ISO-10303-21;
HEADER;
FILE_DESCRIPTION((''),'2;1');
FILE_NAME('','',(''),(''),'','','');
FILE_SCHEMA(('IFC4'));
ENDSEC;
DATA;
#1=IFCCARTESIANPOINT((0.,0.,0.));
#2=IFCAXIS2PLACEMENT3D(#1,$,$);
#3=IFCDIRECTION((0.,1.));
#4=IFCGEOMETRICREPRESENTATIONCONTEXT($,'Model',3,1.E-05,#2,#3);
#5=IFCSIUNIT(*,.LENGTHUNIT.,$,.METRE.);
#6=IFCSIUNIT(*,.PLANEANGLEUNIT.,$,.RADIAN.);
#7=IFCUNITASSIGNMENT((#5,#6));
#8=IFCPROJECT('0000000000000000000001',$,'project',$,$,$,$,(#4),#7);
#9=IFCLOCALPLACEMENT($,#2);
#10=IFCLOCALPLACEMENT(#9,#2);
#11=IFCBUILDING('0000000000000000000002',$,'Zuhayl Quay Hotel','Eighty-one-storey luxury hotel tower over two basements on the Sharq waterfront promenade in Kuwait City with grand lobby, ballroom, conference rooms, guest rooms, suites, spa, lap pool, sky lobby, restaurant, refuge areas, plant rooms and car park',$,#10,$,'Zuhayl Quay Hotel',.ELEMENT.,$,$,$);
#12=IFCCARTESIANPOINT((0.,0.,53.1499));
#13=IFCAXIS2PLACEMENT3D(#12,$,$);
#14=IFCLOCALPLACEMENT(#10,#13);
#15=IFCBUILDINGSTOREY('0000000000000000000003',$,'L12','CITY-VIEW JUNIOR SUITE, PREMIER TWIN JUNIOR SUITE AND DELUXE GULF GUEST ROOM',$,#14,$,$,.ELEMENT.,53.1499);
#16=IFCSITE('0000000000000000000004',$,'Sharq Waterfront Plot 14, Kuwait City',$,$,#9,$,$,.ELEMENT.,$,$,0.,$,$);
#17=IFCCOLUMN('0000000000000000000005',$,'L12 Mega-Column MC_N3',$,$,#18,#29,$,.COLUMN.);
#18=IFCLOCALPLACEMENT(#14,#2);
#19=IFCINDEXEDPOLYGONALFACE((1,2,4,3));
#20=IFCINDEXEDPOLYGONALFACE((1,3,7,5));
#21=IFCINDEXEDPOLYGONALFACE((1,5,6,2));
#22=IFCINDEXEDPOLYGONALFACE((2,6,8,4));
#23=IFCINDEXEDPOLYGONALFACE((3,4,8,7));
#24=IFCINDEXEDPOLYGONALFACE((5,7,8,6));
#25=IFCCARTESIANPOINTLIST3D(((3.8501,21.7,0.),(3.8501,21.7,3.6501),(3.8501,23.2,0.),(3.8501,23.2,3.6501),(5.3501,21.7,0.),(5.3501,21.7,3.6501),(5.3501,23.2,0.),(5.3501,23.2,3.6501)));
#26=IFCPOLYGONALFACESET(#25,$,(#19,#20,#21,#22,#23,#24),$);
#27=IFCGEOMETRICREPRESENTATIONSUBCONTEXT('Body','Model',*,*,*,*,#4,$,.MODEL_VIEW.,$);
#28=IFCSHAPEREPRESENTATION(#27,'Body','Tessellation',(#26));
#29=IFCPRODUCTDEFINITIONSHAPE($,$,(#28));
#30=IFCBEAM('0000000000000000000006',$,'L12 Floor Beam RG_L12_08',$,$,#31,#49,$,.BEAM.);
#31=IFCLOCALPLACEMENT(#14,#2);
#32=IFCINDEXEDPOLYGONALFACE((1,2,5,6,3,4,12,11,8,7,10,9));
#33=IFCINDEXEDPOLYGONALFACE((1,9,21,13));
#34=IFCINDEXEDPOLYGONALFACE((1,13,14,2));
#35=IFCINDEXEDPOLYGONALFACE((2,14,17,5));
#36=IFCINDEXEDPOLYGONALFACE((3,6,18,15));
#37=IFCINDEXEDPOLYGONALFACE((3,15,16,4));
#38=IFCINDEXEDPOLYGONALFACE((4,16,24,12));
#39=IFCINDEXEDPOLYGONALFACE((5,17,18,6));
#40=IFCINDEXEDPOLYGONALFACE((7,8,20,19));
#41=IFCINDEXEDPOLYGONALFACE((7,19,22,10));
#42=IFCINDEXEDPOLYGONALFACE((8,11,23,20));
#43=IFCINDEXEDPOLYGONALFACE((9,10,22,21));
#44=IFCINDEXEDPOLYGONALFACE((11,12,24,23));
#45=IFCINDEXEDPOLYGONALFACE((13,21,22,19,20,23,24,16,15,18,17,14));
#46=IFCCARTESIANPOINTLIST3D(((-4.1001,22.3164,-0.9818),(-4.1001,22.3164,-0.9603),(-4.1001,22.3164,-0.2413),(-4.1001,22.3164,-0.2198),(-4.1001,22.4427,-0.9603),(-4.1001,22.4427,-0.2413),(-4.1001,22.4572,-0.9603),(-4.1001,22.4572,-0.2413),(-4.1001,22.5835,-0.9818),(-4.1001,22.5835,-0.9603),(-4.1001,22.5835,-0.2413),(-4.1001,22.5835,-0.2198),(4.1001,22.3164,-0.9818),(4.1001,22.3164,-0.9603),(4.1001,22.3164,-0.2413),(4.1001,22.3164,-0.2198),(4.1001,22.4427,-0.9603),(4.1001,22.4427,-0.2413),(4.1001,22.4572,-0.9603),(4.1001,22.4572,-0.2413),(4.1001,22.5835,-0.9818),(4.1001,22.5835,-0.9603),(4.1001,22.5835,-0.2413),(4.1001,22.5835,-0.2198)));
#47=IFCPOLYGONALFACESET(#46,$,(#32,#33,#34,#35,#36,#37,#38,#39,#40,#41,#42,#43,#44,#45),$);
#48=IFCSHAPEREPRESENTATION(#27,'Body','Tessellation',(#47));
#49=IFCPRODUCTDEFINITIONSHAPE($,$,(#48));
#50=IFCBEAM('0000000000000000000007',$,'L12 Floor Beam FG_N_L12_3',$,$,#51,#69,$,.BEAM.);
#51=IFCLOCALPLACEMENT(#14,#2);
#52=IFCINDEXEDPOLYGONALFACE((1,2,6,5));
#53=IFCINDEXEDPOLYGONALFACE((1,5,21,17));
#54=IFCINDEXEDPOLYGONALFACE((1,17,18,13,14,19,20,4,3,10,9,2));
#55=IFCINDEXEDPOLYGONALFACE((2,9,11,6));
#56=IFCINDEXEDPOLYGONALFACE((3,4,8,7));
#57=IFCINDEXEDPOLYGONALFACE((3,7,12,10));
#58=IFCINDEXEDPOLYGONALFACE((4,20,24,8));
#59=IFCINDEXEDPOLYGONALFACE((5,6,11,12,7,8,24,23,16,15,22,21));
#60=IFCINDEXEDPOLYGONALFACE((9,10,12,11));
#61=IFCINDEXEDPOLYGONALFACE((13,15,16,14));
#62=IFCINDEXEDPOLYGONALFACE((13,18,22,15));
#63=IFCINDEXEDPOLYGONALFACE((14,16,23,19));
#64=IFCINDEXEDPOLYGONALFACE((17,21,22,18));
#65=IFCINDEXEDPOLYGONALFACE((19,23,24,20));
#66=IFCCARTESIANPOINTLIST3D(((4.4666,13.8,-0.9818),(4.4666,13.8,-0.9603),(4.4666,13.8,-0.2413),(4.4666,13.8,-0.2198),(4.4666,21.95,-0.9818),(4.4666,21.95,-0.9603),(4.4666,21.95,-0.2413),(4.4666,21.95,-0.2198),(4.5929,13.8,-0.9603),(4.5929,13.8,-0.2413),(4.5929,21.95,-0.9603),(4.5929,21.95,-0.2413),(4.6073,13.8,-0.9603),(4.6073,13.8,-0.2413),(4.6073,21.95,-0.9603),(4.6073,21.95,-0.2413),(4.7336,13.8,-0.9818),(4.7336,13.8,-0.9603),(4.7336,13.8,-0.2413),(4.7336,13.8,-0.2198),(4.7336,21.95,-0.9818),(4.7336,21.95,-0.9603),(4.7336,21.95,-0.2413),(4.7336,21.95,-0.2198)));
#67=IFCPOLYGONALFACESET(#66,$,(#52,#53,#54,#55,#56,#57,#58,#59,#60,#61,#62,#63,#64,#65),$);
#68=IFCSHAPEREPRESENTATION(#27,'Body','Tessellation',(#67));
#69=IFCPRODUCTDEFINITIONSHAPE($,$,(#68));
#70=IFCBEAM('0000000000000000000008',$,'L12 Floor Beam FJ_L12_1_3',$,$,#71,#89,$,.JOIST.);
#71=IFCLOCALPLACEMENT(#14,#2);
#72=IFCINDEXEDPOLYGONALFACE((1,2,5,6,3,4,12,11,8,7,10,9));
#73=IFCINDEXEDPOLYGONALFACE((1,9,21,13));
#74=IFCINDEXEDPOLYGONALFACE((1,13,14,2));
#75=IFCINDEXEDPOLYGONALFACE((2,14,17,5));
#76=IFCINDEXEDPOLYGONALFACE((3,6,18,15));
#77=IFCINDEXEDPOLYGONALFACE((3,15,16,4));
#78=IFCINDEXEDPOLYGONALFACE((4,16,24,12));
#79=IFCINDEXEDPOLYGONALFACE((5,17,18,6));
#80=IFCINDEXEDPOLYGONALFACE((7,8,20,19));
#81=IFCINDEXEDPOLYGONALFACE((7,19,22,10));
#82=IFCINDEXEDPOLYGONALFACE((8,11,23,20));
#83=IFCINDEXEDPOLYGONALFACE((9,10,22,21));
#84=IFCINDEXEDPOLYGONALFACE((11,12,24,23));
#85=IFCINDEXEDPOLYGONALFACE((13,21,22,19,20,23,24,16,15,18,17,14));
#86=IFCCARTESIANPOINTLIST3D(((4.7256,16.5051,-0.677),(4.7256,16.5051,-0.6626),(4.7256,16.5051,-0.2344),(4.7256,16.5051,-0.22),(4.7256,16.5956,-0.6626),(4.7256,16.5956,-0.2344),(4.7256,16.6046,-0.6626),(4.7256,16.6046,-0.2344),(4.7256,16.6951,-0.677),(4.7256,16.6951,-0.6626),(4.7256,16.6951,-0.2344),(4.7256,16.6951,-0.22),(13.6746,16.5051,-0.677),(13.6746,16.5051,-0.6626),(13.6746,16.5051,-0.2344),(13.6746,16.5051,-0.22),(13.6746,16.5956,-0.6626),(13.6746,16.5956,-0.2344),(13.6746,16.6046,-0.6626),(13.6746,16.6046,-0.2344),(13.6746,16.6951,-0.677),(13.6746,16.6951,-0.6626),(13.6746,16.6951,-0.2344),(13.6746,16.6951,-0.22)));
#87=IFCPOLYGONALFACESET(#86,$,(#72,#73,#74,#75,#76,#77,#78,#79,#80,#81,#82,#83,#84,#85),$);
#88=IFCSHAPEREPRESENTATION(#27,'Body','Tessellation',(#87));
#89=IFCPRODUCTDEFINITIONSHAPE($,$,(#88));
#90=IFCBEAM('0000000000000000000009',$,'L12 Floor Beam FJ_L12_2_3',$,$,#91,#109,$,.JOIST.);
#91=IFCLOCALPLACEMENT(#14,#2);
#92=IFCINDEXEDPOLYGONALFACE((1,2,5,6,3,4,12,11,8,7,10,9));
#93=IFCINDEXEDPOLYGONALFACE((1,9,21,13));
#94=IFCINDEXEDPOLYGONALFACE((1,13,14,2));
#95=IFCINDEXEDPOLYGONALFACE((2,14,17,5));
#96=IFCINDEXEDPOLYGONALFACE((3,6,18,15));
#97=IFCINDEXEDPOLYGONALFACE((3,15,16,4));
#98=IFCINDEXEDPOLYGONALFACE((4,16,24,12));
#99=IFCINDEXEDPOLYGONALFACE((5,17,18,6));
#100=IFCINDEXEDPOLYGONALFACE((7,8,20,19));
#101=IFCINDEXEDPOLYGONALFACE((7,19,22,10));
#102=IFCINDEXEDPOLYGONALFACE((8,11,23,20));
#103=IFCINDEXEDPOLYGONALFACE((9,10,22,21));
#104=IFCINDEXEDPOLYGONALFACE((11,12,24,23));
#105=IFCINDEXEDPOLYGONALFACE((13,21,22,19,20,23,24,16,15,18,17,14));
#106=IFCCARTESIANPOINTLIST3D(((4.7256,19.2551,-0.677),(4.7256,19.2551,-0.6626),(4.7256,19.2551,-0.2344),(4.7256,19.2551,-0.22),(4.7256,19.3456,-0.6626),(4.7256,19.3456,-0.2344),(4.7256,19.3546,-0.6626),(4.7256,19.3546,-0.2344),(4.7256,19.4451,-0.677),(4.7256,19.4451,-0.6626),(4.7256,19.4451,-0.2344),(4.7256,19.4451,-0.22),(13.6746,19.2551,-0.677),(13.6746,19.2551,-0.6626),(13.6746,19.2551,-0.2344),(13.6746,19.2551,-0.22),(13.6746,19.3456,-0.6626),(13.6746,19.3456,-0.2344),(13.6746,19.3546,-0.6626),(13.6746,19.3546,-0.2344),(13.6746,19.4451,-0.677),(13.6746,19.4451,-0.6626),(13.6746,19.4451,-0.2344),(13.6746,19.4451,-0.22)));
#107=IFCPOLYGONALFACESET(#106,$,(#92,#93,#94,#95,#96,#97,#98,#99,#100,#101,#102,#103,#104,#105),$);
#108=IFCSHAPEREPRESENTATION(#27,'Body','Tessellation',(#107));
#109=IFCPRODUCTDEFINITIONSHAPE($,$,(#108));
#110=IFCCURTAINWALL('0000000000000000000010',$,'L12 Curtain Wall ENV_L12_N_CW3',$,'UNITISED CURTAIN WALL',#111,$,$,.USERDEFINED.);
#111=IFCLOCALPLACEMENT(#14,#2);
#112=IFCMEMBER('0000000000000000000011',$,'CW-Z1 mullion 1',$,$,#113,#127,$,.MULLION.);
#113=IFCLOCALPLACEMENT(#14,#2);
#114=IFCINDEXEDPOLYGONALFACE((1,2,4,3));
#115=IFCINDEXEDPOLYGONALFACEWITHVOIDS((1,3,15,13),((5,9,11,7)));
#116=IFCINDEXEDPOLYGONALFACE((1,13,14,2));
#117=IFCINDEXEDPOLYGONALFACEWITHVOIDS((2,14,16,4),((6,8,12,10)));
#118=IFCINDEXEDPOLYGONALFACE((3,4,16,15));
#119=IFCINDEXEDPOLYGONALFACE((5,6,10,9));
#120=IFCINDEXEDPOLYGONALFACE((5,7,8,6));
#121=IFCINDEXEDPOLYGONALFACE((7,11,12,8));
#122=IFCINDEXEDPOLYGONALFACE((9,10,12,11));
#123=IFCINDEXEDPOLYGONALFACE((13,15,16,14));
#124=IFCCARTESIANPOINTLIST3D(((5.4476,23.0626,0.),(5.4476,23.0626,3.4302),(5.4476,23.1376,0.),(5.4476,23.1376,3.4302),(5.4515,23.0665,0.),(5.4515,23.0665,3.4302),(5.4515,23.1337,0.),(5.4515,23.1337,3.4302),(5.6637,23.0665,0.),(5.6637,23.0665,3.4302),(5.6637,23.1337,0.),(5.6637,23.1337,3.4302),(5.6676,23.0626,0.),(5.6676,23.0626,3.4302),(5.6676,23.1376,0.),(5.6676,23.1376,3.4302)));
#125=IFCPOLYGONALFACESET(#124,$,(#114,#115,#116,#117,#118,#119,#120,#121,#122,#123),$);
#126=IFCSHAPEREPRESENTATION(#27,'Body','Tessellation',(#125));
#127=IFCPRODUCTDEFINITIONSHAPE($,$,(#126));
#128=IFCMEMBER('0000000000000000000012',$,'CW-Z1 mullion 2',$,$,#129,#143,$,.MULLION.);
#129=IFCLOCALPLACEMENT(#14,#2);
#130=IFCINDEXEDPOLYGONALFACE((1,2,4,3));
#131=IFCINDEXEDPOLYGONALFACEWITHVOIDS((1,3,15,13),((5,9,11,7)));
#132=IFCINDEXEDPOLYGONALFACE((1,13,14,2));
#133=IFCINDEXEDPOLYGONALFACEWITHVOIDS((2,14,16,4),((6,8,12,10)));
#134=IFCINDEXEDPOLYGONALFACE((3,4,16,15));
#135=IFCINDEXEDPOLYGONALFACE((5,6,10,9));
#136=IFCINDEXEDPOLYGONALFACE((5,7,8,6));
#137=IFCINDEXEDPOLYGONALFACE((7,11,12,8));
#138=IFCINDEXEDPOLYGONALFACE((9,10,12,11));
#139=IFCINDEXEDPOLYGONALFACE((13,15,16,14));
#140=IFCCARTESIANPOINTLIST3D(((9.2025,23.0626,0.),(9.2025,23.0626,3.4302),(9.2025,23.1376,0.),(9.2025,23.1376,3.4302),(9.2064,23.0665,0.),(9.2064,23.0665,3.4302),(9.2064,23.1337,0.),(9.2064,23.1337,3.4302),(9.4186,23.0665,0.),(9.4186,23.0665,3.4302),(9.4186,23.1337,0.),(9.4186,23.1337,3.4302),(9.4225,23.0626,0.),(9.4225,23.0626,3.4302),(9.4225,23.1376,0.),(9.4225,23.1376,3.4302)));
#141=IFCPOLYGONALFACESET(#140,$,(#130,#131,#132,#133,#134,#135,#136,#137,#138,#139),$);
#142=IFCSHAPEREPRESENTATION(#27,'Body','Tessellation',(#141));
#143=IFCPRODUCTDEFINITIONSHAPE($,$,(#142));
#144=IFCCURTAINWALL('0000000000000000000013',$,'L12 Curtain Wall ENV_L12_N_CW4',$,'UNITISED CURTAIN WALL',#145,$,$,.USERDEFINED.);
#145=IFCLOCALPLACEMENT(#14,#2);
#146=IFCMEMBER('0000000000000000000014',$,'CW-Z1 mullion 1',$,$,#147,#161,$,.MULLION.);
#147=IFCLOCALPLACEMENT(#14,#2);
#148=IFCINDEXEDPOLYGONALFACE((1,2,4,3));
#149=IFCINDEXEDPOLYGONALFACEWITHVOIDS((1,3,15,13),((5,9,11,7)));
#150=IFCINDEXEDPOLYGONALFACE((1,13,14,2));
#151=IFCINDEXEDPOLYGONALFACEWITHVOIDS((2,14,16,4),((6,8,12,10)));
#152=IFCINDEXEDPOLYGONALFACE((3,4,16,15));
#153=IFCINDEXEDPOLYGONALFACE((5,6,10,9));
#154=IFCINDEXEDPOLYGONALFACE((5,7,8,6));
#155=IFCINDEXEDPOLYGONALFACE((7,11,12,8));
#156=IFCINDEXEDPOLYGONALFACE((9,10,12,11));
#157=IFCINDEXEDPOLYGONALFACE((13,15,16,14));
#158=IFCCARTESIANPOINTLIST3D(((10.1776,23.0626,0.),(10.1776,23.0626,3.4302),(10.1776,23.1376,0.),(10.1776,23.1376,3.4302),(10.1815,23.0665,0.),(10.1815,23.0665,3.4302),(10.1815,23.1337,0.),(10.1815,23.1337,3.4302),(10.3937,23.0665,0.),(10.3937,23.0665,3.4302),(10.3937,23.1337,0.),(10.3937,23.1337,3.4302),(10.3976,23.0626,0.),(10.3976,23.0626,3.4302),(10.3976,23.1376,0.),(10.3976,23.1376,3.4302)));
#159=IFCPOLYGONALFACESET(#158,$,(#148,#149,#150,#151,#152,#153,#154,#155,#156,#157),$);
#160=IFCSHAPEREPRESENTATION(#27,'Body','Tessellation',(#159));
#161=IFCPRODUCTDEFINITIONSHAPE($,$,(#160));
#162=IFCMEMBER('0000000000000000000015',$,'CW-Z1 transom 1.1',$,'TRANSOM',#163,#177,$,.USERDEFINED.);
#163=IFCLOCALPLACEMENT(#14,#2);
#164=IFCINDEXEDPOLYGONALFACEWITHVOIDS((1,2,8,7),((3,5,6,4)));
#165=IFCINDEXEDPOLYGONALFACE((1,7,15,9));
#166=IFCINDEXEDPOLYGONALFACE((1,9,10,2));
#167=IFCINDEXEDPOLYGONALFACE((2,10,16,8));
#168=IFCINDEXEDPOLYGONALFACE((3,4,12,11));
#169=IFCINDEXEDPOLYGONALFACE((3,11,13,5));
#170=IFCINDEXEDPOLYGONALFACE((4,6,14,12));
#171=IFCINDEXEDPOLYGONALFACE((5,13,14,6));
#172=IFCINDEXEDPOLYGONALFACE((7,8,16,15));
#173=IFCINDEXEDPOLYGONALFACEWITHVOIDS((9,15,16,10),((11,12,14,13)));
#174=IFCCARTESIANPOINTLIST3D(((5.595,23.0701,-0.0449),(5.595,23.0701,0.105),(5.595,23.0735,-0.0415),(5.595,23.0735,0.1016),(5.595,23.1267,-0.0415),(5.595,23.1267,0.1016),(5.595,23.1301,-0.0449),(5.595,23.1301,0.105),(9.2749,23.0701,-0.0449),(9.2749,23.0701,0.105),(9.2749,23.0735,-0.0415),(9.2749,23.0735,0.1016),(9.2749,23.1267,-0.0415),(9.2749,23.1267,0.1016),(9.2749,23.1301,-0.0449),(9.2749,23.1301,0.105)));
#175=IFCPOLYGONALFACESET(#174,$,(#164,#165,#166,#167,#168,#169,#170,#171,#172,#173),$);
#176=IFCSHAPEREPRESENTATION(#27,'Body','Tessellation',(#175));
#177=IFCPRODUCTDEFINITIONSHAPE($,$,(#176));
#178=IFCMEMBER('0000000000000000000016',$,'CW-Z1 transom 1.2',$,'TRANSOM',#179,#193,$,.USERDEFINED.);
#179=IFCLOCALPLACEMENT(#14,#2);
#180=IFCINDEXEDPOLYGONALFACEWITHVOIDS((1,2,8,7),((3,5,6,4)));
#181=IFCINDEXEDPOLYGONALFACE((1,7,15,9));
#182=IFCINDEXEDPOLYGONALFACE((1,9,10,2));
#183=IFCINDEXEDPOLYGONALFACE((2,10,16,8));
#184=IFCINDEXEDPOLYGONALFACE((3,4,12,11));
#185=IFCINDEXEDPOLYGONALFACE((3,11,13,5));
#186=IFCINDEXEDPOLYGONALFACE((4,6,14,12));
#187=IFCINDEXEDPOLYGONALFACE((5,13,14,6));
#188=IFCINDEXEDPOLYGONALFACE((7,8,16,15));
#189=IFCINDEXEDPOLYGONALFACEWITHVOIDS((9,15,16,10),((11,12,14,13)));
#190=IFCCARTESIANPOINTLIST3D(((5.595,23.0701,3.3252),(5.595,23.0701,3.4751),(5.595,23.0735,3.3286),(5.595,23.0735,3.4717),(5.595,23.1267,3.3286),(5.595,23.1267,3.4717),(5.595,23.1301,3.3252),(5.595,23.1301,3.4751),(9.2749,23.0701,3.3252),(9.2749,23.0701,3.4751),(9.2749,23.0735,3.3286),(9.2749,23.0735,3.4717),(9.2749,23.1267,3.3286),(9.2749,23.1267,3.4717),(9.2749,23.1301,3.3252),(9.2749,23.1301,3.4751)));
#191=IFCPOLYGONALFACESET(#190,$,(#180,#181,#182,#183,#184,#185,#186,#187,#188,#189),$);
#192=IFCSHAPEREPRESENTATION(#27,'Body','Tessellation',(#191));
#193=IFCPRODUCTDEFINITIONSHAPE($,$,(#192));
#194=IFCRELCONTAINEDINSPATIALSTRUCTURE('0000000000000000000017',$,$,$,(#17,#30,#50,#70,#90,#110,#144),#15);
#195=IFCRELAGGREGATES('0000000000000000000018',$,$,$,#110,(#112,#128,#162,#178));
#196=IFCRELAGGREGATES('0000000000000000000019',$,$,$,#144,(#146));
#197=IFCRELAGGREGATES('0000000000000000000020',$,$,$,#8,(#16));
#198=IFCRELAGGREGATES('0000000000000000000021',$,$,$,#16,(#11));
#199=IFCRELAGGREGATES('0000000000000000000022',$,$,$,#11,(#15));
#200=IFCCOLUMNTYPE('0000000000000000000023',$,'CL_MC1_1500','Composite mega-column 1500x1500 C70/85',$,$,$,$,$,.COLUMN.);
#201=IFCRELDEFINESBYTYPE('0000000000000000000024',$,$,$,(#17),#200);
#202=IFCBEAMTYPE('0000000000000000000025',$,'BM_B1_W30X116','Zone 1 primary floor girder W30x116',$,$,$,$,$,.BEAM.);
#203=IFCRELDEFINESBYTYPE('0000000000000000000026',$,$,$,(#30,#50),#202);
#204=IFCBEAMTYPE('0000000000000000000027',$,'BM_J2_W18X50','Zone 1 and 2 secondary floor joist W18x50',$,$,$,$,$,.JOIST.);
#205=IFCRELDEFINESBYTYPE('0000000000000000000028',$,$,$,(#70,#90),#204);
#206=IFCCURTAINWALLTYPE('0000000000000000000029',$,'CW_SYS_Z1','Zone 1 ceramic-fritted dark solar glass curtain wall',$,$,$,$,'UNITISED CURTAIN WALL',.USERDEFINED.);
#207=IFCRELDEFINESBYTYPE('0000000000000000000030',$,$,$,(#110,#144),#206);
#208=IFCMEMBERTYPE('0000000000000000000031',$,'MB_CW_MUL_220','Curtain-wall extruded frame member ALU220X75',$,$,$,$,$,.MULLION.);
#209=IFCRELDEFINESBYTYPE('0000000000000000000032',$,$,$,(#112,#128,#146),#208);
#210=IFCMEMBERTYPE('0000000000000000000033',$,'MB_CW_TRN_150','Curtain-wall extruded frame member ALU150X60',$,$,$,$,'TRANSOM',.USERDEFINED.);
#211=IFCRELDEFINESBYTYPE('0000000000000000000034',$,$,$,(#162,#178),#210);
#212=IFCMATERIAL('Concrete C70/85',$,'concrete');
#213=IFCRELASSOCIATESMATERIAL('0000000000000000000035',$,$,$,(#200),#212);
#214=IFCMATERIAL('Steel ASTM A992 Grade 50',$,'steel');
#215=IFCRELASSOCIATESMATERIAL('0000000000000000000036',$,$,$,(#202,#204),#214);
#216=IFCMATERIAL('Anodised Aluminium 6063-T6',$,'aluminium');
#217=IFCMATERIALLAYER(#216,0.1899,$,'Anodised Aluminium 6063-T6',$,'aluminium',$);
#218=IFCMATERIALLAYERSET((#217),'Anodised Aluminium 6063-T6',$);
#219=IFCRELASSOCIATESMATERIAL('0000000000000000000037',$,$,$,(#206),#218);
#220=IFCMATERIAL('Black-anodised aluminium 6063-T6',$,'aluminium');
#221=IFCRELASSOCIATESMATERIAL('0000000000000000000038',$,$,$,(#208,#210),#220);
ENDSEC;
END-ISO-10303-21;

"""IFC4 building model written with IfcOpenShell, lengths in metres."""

from ifc_helpers import new_model, si_unit, direction, frame, origin, origin_2d, place, context, subcontext, project, spatial, rectangle, hollow_rectangle, i_section, extrude, material, layer, layer_set, material_profile, profile_set, type_object, element, aggregate, save


model = new_model("IFC4")

# Units and contexts
model_context = context("Model", 3, precision=1e-05, world=origin(), true_north=direction((0.0, 1.0)))
body_context = subcontext(model_context, "Body", "Model", "MODEL_VIEW")
ifc_project = project(units=[si_unit("LENGTHUNIT", "METRE"), si_unit("PLANEANGLEUNIT", "RADIAN")], contexts=[model_context])

# Site, building, storey
site_placement = place(None, origin())
site = spatial("IfcSite", under=ifc_project, at=site_placement, Name="Sharq Waterfront Plot 14, Kuwait City", CompositionType="ELEMENT", RefElevation=0.0)
building_placement = place(site_placement, origin())
building = spatial("IfcBuilding", under=site, at=building_placement, Name="Zuhayl Quay Hotel", Description="Eighty-one-storey luxury hotel tower over two basements on the Sharq waterfront promenade in Kuwait City with grand lobby, ballroom, conference rooms, guest rooms, suites, spa, lap pool, sky lobby, restaurant, refuge areas, plant rooms and car park", LongName="Zuhayl Quay Hotel", CompositionType="ELEMENT")
storey_placement = place(building_placement, frame((0.0, 0.0, 53.1499)))
storey = spatial("IfcBuildingStorey", under=building, at=storey_placement, Name="L12", Description="CITY-VIEW JUNIOR SUITE, PREMIER TWIN JUNIOR SUITE AND DELUXE GULF GUEST ROOM", CompositionType="ELEMENT", Elevation=53.1499)

# Column
ifc_material_1 = material(Name="Concrete C70/85", Category="concrete")
ifc_material_profile_1 = material_profile(ifc_material_1, rectangle(XDim=1.5, YDim=1.5, at=origin_2d()), Name="RC1500X1500")
ifc_profile_set_1 = profile_set([ifc_material_profile_1], Name="Concrete C70/85")
column_type = type_object("IfcColumnType", Name="CL_MC1_1500", Description="Composite mega-column 1500x1500 C70/85", PredefinedType="COLUMN", material=ifc_profile_set_1)
column_placement = place(storey_placement, frame((4.6001, 22.45, 0.0), z_axis=(0.0, 0.0, 1.0), x_axis=(1.0, 0.0, 0.0)))
element("IfcColumn", 1, at=column_placement, inside=storey, type_object=column_type, Name="L12 Mega-Column MC_N3", PredefinedType="COLUMN", context=body_context, shape_type="SweptSolid", body=[
    extrude(rectangle(XDim=1.5, YDim=1.5, at=origin_2d()), origin(), (0.0, 0.0, 1.0), 3.6501),
])

# Beams
ifc_material_2 = material(Name="Steel ASTM A992 Grade 50", Category="steel")
ifc_material_profile_2 = material_profile(ifc_material_2, i_section(OverallWidth=0.2671, OverallDepth=0.762, WebThickness=0.0144, FlangeThickness=0.0215, at=origin_2d()), Name="W30X116")
ifc_profile_set_2 = profile_set([ifc_material_profile_2], Name="Steel ASTM A992 Grade 50")
beam_type_1 = type_object("IfcBeamType", Name="BM_B1_W30X116", Description="Zone 1 primary floor girder W30x116", PredefinedType="BEAM", material=ifc_profile_set_2)
beam_1_placement = place(storey_placement, frame((4.1001, 22.45, -0.6008), z_axis=(-1.0, 0.0, 0.0), x_axis=(0.0, -1.0, 0.0)))
element("IfcBeam", 2, at=beam_1_placement, inside=storey, type_object=beam_type_1, Name="L12 Floor Beam RG_L12_08", PredefinedType="BEAM", context=body_context, shape_type="SweptSolid", body=[
    extrude(i_section(OverallWidth=0.2671, OverallDepth=0.762, WebThickness=0.0144, FlangeThickness=0.0215, at=origin_2d()), origin(), (0.0, 0.0, 1.0), 8.2002),
])
beam_2_placement = place(storey_placement, frame((4.6001, 13.8, -0.6008), z_axis=(0.0, 1.0, 0.0), x_axis=(-1.0, 0.0, 0.0)))
element("IfcBeam", 3, at=beam_2_placement, inside=storey, type_object=beam_type_1, Name="L12 Floor Beam FG_N_L12_3", PredefinedType="BEAM", context=body_context, shape_type="SweptSolid", body=[
    extrude(i_section(OverallWidth=0.2671, OverallDepth=0.762, WebThickness=0.0144, FlangeThickness=0.0215, at=origin_2d()), origin(), (0.0, 0.0, 1.0), 8.1499),
])
ifc_material_profile_3 = material_profile(ifc_material_2, i_section(OverallWidth=0.1899, OverallDepth=0.457, WebThickness=0.009, FlangeThickness=0.0144, at=origin_2d()), Name="W18X50")
ifc_profile_set_3 = profile_set([ifc_material_profile_3], Name="Steel ASTM A992 Grade 50")
beam_type_2 = type_object("IfcBeamType", Name="BM_J2_W18X50", Description="Zone 1 and 2 secondary floor joist W18x50", PredefinedType="JOIST", material=ifc_profile_set_3)
for number, where, z_axis, x_axis, name in (
    (4, (4.7256, 16.6001, -0.4485), (1.0, 0.0, 0.0), (0.0, 1.0, 0.0), "L12 Floor Beam FJ_L12_1_3"),
    (5, (4.7256, 19.3501, -0.4485), (1.0, 0.0, 0.0), (0.0, 1.0, 0.0), "L12 Floor Beam FJ_L12_2_3"),
):
    element("IfcBeam", number, at=place(storey_placement, frame(where, z_axis=z_axis, x_axis=x_axis)), inside=storey, type_object=beam_type_2, Name=name, PredefinedType="JOIST", context=body_context, shape_type="SweptSolid", body=[
        extrude(i_section(OverallWidth=0.1899, OverallDepth=0.457, WebThickness=0.009, FlangeThickness=0.0144, at=origin_2d()), origin(), (0.0, 0.0, 1.0), 8.949),
    ])

# Curtain wall, members
ifc_material_3 = material(Name="Anodised Aluminium 6063-T6", Category="aluminium")
ifc_layer_1 = layer(ifc_material_3, 0.1899, Name="Anodised Aluminium 6063-T6", Category="aluminium")
ifc_layer_set_1 = layer_set([ifc_layer_1], Name="Anodised Aluminium 6063-T6")
curtain_wall_type = type_object("IfcCurtainWallType", Name="CW_SYS_Z1", Description="Zone 1 ceramic-fritted dark solar glass curtain wall", ElementType="UNITISED CURTAIN WALL", PredefinedType="USERDEFINED", material=ifc_layer_set_1)
curtain_wall_1_placement = place(storey_placement, origin())
curtain_wall_1 = element("IfcCurtainWall", 6, at=curtain_wall_1_placement, inside=storey, type_object=curtain_wall_type, Name="L12 Curtain Wall ENV_L12_N_CW3", ObjectType="UNITISED CURTAIN WALL", PredefinedType="USERDEFINED")
ifc_material_4 = material(Name="Black-anodised aluminium 6063-T6", Category="aluminium")
ifc_material_profile_4 = material_profile(ifc_material_4, hollow_rectangle(XDim=0.075, YDim=0.22, WallThickness=0.0039, at=origin_2d()), Name="ALU220X75")
ifc_profile_set_4 = profile_set([ifc_material_profile_4], Name="Black-anodised aluminium 6063-T6")
member_type_1 = type_object("IfcMemberType", Name="MB_CW_MUL_220", Description="Curtain-wall extruded frame member ALU220X75", PredefinedType="MULLION", material=ifc_profile_set_4)
member_1_placement = place(storey_placement, frame((5.5576, 23.1001, 0.0), z_axis=(0.0, 0.0, 1.0), x_axis=(0.0, 1.0, 0.0)))
member_1 = element("IfcMember", 7, at=member_1_placement, type_object=member_type_1, Name="CW-Z1 mullion 1", PredefinedType="MULLION", context=body_context, shape_type="SweptSolid", body=[
    extrude(hollow_rectangle(XDim=0.075, YDim=0.22, WallThickness=0.0039, at=origin_2d()), origin(), (0.0, 0.0, 1.0), 3.4302),
])
member_2_placement = place(storey_placement, frame((9.3125, 23.1001, 0.0), z_axis=(0.0, 0.0, 1.0), x_axis=(0.0, 1.0, 0.0)))
member_2 = element("IfcMember", 8, at=member_2_placement, type_object=member_type_1, Name="CW-Z1 mullion 2", PredefinedType="MULLION", context=body_context, shape_type="SweptSolid", body=[
    extrude(hollow_rectangle(XDim=0.075, YDim=0.22, WallThickness=0.0039, at=origin_2d()), origin(), (0.0, 0.0, 1.0), 3.4302),
])

# Curtain wall, member
curtain_wall_2_placement = place(storey_placement, origin())
curtain_wall_2 = element("IfcCurtainWall", 9, at=curtain_wall_2_placement, inside=storey, type_object=curtain_wall_type, Name="L12 Curtain Wall ENV_L12_N_CW4", ObjectType="UNITISED CURTAIN WALL", PredefinedType="USERDEFINED")
member_3_placement = place(storey_placement, frame((10.2876, 23.1001, 0.0), z_axis=(0.0, 0.0, 1.0), x_axis=(0.0, 1.0, 0.0)))
member_3 = element("IfcMember", 10, at=member_3_placement, type_object=member_type_1, Name="CW-Z1 mullion 1", PredefinedType="MULLION", context=body_context, shape_type="SweptSolid", body=[
    extrude(hollow_rectangle(XDim=0.075, YDim=0.22, WallThickness=0.0039, at=origin_2d()), origin(), (0.0, 0.0, 1.0), 3.4302),
])

# Members
ifc_material_profile_5 = material_profile(ifc_material_4, hollow_rectangle(XDim=0.0601, YDim=0.1499, WallThickness=0.0034, at=origin_2d()), Name="ALU150X60")
ifc_profile_set_5 = profile_set([ifc_material_profile_5], Name="Black-anodised aluminium 6063-T6")
member_type_2 = type_object("IfcMemberType", Name="MB_CW_TRN_150", Description="Curtain-wall extruded frame member ALU150X60", ElementType="TRANSOM", PredefinedType="USERDEFINED", material=ifc_profile_set_5)
member_4_placement = place(storey_placement, frame((5.595, 23.1001, 0.03), z_axis=(1.0, 0.0, 0.0), x_axis=(0.0, 1.0, 0.0)))
member_4 = element("IfcMember", 11, at=member_4_placement, type_object=member_type_2, Name="CW-Z1 transom 1.1", ObjectType="TRANSOM", PredefinedType="USERDEFINED", context=body_context, shape_type="SweptSolid", body=[
    extrude(hollow_rectangle(XDim=0.0601, YDim=0.1499, WallThickness=0.0034, at=origin_2d()), origin(), (0.0, 0.0, 1.0), 3.6799),
])
member_5_placement = place(storey_placement, frame((5.595, 23.1001, 3.4001), z_axis=(1.0, 0.0, 0.0), x_axis=(0.0, 1.0, 0.0)))
member_5 = element("IfcMember", 12, at=member_5_placement, type_object=member_type_2, Name="CW-Z1 transom 1.2", ObjectType="TRANSOM", PredefinedType="USERDEFINED", context=body_context, shape_type="SweptSolid", body=[
    extrude(hollow_rectangle(XDim=0.0601, YDim=0.1499, WallThickness=0.0034, at=origin_2d()), origin(), (0.0, 0.0, 1.0), 3.6799),
])

aggregate(curtain_wall_1, [member_1, member_2, member_4, member_5])
aggregate(curtain_wall_2, [member_3])

save(model, "model.ifc")
